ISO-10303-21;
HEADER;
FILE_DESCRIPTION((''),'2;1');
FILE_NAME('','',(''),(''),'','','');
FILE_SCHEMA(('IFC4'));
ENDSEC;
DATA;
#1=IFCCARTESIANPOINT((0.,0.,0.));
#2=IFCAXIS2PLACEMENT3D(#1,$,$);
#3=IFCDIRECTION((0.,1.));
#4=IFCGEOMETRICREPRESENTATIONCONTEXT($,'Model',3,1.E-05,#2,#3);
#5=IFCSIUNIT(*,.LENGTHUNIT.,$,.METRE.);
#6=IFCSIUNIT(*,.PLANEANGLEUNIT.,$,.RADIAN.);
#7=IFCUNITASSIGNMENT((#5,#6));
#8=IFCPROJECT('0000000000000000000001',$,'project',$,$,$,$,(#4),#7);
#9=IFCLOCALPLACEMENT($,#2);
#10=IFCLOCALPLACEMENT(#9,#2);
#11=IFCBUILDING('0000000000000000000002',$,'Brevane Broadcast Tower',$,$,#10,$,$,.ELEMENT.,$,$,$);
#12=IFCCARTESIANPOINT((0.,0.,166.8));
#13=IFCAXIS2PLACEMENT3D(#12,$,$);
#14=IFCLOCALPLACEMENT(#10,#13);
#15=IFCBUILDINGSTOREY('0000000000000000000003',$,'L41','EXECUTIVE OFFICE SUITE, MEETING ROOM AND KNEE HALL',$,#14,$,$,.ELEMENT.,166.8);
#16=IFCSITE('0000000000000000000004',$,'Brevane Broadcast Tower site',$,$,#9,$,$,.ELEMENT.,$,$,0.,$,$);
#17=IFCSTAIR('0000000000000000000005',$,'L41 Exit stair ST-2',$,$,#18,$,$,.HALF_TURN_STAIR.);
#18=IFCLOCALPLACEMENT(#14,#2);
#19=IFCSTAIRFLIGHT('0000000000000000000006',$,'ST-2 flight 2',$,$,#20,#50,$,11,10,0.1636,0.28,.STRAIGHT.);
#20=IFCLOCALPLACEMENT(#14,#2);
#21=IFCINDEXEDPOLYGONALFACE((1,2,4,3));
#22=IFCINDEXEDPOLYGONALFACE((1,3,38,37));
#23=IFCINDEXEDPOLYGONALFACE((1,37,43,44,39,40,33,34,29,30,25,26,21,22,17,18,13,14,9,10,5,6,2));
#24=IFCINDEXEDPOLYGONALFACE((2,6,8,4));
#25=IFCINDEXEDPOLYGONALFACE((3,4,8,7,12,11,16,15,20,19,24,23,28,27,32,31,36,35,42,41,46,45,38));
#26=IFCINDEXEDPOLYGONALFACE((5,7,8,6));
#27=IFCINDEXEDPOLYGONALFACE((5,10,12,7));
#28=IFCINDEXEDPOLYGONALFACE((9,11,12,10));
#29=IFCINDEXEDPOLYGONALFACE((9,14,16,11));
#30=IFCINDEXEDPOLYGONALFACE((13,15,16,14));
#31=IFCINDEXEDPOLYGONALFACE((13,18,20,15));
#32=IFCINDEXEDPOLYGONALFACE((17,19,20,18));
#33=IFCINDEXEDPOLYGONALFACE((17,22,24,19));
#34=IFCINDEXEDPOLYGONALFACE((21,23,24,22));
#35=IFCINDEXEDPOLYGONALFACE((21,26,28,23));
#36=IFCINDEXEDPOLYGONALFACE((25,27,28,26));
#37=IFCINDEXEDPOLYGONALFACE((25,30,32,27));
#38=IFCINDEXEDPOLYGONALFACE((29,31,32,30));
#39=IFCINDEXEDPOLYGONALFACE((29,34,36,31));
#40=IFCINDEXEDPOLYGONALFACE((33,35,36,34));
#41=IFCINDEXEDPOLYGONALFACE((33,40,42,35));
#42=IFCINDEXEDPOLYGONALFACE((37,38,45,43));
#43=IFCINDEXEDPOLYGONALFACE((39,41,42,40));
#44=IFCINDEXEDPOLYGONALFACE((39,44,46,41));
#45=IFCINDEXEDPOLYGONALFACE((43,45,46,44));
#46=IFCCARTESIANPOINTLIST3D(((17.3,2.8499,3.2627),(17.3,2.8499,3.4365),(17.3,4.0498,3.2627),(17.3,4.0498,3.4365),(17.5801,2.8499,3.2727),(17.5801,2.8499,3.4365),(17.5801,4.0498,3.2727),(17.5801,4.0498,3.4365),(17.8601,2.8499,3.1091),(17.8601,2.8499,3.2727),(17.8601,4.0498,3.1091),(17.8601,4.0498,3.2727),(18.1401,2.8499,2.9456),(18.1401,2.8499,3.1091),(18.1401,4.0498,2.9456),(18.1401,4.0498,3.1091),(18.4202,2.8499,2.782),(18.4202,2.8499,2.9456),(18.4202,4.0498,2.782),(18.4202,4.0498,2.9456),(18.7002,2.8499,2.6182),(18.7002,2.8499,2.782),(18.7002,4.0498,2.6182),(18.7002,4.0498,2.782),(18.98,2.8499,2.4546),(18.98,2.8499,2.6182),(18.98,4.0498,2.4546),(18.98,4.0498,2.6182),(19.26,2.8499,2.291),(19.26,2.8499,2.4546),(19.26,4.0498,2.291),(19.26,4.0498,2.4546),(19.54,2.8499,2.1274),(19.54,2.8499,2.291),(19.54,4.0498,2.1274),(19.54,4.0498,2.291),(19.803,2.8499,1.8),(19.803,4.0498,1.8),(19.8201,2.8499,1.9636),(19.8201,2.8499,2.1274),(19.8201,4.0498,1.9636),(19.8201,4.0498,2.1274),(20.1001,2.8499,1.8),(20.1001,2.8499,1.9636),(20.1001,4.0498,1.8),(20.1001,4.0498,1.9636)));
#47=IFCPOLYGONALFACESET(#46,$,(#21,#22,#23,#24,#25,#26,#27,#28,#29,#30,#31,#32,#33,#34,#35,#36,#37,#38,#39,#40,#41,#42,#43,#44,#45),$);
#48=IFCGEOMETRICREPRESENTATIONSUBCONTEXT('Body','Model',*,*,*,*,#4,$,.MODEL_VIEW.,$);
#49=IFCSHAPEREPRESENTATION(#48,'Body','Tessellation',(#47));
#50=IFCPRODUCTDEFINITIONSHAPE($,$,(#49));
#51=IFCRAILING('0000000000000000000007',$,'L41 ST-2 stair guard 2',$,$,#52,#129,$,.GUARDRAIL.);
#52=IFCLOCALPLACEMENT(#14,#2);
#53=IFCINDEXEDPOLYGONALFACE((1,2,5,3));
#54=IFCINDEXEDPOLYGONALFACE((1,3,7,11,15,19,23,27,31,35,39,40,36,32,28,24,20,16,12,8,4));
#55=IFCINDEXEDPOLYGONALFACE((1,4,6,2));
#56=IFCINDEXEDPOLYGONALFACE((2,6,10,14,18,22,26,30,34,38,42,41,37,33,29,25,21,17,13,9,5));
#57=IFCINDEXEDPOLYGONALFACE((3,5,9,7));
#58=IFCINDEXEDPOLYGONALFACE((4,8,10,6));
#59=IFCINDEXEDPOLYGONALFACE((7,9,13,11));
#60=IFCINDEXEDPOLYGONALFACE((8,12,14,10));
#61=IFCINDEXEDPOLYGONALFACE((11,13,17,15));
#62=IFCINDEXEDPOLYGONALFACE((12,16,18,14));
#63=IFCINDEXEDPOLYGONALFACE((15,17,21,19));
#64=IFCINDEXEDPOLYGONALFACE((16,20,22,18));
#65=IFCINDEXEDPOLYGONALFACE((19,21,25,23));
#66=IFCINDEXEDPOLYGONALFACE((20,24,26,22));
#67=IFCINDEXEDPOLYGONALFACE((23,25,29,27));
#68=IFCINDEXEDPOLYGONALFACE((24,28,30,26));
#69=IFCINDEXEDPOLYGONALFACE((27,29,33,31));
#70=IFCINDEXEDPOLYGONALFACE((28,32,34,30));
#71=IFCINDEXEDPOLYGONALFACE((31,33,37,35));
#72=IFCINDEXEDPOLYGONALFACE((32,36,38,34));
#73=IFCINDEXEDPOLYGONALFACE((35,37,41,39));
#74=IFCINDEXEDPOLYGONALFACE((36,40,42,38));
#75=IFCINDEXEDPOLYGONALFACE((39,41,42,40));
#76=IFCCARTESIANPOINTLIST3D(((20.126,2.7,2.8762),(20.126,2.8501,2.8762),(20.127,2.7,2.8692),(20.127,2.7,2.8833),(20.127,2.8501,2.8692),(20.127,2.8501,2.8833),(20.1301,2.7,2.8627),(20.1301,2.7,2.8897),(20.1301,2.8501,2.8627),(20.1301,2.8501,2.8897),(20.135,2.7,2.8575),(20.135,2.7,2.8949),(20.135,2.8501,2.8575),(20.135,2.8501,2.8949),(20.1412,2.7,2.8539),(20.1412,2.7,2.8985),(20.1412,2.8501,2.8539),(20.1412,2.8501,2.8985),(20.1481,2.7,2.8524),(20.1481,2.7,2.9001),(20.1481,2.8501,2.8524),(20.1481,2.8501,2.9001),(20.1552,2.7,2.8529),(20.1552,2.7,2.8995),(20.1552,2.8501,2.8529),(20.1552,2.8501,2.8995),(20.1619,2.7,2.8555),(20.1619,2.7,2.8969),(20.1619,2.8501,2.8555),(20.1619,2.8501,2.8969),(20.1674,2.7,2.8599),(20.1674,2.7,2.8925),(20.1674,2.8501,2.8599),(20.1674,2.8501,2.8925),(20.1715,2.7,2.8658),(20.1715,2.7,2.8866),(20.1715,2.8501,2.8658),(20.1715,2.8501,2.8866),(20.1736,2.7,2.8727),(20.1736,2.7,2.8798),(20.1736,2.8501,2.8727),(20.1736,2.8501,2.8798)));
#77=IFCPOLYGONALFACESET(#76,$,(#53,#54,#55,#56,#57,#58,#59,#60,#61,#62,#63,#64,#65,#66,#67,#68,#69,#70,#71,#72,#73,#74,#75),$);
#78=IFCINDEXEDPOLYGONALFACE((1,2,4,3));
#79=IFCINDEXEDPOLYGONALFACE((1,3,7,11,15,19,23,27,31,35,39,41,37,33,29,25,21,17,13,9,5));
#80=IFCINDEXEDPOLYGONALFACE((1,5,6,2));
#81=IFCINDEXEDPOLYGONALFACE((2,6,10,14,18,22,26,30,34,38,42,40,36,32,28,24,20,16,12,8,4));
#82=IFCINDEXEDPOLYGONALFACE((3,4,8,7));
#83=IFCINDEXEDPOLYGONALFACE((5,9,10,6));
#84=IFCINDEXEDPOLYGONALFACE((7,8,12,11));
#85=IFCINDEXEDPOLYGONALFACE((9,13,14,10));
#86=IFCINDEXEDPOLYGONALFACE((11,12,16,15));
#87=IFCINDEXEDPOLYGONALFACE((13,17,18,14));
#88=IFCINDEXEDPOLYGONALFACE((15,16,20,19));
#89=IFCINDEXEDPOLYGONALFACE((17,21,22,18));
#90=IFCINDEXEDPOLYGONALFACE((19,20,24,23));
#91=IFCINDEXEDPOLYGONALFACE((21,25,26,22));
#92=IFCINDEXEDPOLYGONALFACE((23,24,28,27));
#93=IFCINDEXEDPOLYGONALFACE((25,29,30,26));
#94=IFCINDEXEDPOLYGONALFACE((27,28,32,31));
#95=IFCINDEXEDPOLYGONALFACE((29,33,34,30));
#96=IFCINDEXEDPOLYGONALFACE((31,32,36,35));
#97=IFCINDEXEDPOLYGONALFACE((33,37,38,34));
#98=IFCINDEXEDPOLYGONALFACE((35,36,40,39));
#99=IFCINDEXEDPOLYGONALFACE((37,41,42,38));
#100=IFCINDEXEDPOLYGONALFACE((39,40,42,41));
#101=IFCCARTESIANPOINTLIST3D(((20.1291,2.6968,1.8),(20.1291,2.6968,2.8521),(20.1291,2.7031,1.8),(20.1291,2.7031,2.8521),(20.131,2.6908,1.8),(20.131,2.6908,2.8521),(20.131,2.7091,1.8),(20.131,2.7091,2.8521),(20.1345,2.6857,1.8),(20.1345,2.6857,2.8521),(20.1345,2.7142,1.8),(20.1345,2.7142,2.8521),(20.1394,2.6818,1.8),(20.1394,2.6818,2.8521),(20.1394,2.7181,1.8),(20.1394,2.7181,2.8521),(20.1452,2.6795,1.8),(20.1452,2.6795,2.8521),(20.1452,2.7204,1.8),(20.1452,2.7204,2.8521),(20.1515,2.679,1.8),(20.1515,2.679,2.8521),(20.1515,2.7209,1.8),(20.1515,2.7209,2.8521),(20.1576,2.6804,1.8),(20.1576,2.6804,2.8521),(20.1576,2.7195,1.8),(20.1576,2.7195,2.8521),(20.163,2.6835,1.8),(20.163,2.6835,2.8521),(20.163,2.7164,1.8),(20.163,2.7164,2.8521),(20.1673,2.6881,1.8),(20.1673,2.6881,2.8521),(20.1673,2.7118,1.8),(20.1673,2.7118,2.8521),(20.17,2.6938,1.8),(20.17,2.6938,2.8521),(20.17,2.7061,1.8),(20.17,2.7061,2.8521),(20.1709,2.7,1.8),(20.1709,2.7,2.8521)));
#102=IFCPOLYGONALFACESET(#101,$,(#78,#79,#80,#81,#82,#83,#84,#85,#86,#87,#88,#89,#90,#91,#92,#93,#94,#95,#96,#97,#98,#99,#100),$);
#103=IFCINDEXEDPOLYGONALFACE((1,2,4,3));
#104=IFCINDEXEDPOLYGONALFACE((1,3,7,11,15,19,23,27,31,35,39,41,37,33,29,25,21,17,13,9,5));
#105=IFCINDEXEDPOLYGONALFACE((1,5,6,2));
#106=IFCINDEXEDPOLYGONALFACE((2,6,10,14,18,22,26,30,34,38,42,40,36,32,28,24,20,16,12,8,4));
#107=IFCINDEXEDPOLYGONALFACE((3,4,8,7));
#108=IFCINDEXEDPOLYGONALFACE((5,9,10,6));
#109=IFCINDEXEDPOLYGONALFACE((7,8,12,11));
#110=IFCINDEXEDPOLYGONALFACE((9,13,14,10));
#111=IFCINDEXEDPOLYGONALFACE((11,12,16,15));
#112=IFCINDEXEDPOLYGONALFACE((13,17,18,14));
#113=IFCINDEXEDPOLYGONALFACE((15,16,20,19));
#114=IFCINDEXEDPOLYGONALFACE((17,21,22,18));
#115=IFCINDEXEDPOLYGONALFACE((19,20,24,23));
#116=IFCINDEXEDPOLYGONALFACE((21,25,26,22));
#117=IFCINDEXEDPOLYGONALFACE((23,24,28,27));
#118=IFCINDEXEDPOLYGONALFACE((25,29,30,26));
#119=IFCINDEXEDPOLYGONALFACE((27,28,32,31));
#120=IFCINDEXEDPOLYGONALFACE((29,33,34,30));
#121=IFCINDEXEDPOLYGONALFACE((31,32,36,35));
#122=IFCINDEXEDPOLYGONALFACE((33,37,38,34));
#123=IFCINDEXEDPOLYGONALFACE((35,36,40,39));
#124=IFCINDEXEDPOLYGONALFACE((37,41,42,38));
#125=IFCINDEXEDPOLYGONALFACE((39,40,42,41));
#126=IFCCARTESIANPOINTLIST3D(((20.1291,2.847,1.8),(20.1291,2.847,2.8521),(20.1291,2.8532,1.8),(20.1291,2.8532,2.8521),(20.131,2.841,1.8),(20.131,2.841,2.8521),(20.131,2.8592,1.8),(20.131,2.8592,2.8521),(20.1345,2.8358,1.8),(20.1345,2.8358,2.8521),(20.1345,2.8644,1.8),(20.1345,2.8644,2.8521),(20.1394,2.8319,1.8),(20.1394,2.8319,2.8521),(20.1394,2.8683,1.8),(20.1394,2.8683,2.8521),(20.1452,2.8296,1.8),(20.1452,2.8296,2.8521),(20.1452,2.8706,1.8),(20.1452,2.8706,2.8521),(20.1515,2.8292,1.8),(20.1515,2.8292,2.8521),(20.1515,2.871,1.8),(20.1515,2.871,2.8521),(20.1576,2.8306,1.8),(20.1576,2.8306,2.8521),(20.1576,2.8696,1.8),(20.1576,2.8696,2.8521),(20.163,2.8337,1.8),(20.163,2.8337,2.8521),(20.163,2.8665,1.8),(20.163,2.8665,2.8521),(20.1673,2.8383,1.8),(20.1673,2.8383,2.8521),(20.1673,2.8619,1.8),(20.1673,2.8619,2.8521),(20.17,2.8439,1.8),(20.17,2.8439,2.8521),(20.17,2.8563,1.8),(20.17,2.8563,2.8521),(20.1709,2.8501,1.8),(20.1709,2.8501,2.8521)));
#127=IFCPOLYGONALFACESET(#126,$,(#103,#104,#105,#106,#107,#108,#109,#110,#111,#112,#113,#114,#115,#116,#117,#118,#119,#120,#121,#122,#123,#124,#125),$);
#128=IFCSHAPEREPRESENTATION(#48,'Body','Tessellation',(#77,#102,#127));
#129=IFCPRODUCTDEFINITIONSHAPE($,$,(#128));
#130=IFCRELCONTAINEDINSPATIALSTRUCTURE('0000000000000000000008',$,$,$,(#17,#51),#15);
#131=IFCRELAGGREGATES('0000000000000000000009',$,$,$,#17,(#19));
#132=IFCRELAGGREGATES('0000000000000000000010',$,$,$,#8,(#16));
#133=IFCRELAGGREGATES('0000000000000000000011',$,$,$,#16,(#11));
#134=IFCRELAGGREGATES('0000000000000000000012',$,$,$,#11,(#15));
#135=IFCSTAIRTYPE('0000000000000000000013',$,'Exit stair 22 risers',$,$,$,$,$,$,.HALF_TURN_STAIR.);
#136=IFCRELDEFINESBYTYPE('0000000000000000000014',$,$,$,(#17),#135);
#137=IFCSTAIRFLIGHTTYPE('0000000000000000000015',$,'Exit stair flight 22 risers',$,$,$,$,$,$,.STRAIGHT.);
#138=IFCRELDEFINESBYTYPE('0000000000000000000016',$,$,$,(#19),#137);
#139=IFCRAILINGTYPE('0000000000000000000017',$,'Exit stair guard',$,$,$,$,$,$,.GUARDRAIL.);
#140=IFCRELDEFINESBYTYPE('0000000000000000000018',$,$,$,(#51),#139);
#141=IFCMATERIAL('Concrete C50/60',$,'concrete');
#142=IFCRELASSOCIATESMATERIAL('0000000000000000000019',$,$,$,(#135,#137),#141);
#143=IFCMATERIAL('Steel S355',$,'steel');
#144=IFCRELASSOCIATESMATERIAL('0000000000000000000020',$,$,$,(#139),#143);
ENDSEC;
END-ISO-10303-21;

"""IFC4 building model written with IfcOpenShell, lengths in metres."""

from ifc_helpers import new_model, si_unit, direction, frame, origin, origin_2d, place, context, subcontext, project, spatial, polyline, circle, outline, extrude, material, type_object, element, aggregate, save


model = new_model("IFC4")

# Units and contexts
model_context = context("Model", 3, precision=1e-05, world=origin(), true_north=direction((0.0, 1.0)))
body_context = subcontext(model_context, "Body", "Model", "MODEL_VIEW")
ifc_project = project(units=[si_unit("LENGTHUNIT", "METRE"), si_unit("PLANEANGLEUNIT", "RADIAN")], contexts=[model_context])

# Site, building, storey
site_placement = place(None, origin())
site = spatial("IfcSite", under=ifc_project, at=site_placement, Name="Brevane Broadcast Tower site", CompositionType="ELEMENT", RefElevation=0.0)
building_placement = place(site_placement, origin())
building = spatial("IfcBuilding", under=site, at=building_placement, Name="Brevane Broadcast Tower", CompositionType="ELEMENT")
storey_placement = place(building_placement, frame((0.0, 0.0, 166.8)))
storey = spatial("IfcBuildingStorey", under=building, at=storey_placement, Name="L41", Description="EXECUTIVE OFFICE SUITE, MEETING ROOM AND KNEE HALL", CompositionType="ELEMENT", Elevation=166.8)

# Stair, stair flight
ifc_material_1 = material(Name="Concrete C50/60", Category="concrete")
stair_type = type_object("IfcStairType", Name="Exit stair 22 risers", PredefinedType="HALF_TURN_STAIR", material=ifc_material_1)
stair_placement = place(storey_placement, origin())
stair = element("IfcStair", 1, at=stair_placement, inside=storey, type_object=stair_type, Name="L41 Exit stair ST-2", PredefinedType="HALF_TURN_STAIR")
stair_flight_type = type_object("IfcStairFlightType", Name="Exit stair flight 22 risers", PredefinedType="STRAIGHT", material=ifc_material_1)
stair_flight_placement = place(storey_placement, frame((20.1001, 3.45, 1.8), z_axis=(0.0, 0.0, 1.0), x_axis=(-1.0, 0.0, 0.0)))
stair_flight = element("IfcStairFlight", 2, at=stair_flight_placement, type_object=stair_flight_type, Name="ST-2 flight 2", NumberOfRisers=11, NumberOfTreads=10, PredefinedType="STRAIGHT", RiserHeight=0.1636, TreadLength=0.28, context=body_context, shape_type="SweptSolid", body=[
    extrude(outline(polyline([(0.0, 0.0), (0.0, 0.1636), (0.28, 0.1636), (0.28, 0.3274), (0.5601, 0.3274), (0.5601, 0.491), (0.8401, 0.491), (0.8401, 0.6545), (1.1201, 0.6545), (1.1201, 0.8181), (1.3999, 0.8181), (1.3999, 0.9819), (1.6799, 0.9819), (1.6799, 1.1455), (1.96, 1.1455), (1.96, 1.3091), (2.24, 1.3091), (2.24, 1.4727), (2.52, 1.4727), (2.52, 1.6365), (2.8, 1.6365), (2.8, 1.8), (2.8, 1.4626), (0.2971, 0.0), (0.0, 0.0)])), frame((0.0, 0.6001, 0.0), z_axis=(0.0, -1.0, 0.0), x_axis=(1.0, 0.0, 0.0)), (0.0, 0.0, 1.0), 1.2),
])
aggregate(stair, [stair_flight])

# Railing
ifc_material_2 = material(Name="Steel S355", Category="steel")
railing_type_1 = type_object("IfcRailingType", Name="Exit stair guard", PredefinedType="GUARDRAIL", material=ifc_material_2)
railing_1_placement = place(storey_placement, frame((20.1499, 2.7, 1.8)))
element("IfcRailing", 3, at=railing_1_placement, inside=storey, type_object=railing_type_1, Name="L41 ST-2 stair guard 2", PredefinedType="GUARDRAIL", context=body_context, shape_type="SweptSolid", body=[
    extrude(circle(Radius=0.0239, at=origin_2d()), frame((0.0, 0.0, 1.0762), z_axis=(0.0, 1.0, 0.0), x_axis=(-1.0, 0.0, 0.0)), (0.0, 0.0, 1.0), 0.1501),
    extrude(circle(Radius=0.021, at=origin_2d()), origin(), (0.0, 0.0, 1.0), 1.052),
    extrude(circle(Radius=0.021, at=origin_2d()), frame((0.0, 0.1501, 0.0)), (0.0, 0.0, 1.0), 1.052),
])

save(model, "model.ifc")
